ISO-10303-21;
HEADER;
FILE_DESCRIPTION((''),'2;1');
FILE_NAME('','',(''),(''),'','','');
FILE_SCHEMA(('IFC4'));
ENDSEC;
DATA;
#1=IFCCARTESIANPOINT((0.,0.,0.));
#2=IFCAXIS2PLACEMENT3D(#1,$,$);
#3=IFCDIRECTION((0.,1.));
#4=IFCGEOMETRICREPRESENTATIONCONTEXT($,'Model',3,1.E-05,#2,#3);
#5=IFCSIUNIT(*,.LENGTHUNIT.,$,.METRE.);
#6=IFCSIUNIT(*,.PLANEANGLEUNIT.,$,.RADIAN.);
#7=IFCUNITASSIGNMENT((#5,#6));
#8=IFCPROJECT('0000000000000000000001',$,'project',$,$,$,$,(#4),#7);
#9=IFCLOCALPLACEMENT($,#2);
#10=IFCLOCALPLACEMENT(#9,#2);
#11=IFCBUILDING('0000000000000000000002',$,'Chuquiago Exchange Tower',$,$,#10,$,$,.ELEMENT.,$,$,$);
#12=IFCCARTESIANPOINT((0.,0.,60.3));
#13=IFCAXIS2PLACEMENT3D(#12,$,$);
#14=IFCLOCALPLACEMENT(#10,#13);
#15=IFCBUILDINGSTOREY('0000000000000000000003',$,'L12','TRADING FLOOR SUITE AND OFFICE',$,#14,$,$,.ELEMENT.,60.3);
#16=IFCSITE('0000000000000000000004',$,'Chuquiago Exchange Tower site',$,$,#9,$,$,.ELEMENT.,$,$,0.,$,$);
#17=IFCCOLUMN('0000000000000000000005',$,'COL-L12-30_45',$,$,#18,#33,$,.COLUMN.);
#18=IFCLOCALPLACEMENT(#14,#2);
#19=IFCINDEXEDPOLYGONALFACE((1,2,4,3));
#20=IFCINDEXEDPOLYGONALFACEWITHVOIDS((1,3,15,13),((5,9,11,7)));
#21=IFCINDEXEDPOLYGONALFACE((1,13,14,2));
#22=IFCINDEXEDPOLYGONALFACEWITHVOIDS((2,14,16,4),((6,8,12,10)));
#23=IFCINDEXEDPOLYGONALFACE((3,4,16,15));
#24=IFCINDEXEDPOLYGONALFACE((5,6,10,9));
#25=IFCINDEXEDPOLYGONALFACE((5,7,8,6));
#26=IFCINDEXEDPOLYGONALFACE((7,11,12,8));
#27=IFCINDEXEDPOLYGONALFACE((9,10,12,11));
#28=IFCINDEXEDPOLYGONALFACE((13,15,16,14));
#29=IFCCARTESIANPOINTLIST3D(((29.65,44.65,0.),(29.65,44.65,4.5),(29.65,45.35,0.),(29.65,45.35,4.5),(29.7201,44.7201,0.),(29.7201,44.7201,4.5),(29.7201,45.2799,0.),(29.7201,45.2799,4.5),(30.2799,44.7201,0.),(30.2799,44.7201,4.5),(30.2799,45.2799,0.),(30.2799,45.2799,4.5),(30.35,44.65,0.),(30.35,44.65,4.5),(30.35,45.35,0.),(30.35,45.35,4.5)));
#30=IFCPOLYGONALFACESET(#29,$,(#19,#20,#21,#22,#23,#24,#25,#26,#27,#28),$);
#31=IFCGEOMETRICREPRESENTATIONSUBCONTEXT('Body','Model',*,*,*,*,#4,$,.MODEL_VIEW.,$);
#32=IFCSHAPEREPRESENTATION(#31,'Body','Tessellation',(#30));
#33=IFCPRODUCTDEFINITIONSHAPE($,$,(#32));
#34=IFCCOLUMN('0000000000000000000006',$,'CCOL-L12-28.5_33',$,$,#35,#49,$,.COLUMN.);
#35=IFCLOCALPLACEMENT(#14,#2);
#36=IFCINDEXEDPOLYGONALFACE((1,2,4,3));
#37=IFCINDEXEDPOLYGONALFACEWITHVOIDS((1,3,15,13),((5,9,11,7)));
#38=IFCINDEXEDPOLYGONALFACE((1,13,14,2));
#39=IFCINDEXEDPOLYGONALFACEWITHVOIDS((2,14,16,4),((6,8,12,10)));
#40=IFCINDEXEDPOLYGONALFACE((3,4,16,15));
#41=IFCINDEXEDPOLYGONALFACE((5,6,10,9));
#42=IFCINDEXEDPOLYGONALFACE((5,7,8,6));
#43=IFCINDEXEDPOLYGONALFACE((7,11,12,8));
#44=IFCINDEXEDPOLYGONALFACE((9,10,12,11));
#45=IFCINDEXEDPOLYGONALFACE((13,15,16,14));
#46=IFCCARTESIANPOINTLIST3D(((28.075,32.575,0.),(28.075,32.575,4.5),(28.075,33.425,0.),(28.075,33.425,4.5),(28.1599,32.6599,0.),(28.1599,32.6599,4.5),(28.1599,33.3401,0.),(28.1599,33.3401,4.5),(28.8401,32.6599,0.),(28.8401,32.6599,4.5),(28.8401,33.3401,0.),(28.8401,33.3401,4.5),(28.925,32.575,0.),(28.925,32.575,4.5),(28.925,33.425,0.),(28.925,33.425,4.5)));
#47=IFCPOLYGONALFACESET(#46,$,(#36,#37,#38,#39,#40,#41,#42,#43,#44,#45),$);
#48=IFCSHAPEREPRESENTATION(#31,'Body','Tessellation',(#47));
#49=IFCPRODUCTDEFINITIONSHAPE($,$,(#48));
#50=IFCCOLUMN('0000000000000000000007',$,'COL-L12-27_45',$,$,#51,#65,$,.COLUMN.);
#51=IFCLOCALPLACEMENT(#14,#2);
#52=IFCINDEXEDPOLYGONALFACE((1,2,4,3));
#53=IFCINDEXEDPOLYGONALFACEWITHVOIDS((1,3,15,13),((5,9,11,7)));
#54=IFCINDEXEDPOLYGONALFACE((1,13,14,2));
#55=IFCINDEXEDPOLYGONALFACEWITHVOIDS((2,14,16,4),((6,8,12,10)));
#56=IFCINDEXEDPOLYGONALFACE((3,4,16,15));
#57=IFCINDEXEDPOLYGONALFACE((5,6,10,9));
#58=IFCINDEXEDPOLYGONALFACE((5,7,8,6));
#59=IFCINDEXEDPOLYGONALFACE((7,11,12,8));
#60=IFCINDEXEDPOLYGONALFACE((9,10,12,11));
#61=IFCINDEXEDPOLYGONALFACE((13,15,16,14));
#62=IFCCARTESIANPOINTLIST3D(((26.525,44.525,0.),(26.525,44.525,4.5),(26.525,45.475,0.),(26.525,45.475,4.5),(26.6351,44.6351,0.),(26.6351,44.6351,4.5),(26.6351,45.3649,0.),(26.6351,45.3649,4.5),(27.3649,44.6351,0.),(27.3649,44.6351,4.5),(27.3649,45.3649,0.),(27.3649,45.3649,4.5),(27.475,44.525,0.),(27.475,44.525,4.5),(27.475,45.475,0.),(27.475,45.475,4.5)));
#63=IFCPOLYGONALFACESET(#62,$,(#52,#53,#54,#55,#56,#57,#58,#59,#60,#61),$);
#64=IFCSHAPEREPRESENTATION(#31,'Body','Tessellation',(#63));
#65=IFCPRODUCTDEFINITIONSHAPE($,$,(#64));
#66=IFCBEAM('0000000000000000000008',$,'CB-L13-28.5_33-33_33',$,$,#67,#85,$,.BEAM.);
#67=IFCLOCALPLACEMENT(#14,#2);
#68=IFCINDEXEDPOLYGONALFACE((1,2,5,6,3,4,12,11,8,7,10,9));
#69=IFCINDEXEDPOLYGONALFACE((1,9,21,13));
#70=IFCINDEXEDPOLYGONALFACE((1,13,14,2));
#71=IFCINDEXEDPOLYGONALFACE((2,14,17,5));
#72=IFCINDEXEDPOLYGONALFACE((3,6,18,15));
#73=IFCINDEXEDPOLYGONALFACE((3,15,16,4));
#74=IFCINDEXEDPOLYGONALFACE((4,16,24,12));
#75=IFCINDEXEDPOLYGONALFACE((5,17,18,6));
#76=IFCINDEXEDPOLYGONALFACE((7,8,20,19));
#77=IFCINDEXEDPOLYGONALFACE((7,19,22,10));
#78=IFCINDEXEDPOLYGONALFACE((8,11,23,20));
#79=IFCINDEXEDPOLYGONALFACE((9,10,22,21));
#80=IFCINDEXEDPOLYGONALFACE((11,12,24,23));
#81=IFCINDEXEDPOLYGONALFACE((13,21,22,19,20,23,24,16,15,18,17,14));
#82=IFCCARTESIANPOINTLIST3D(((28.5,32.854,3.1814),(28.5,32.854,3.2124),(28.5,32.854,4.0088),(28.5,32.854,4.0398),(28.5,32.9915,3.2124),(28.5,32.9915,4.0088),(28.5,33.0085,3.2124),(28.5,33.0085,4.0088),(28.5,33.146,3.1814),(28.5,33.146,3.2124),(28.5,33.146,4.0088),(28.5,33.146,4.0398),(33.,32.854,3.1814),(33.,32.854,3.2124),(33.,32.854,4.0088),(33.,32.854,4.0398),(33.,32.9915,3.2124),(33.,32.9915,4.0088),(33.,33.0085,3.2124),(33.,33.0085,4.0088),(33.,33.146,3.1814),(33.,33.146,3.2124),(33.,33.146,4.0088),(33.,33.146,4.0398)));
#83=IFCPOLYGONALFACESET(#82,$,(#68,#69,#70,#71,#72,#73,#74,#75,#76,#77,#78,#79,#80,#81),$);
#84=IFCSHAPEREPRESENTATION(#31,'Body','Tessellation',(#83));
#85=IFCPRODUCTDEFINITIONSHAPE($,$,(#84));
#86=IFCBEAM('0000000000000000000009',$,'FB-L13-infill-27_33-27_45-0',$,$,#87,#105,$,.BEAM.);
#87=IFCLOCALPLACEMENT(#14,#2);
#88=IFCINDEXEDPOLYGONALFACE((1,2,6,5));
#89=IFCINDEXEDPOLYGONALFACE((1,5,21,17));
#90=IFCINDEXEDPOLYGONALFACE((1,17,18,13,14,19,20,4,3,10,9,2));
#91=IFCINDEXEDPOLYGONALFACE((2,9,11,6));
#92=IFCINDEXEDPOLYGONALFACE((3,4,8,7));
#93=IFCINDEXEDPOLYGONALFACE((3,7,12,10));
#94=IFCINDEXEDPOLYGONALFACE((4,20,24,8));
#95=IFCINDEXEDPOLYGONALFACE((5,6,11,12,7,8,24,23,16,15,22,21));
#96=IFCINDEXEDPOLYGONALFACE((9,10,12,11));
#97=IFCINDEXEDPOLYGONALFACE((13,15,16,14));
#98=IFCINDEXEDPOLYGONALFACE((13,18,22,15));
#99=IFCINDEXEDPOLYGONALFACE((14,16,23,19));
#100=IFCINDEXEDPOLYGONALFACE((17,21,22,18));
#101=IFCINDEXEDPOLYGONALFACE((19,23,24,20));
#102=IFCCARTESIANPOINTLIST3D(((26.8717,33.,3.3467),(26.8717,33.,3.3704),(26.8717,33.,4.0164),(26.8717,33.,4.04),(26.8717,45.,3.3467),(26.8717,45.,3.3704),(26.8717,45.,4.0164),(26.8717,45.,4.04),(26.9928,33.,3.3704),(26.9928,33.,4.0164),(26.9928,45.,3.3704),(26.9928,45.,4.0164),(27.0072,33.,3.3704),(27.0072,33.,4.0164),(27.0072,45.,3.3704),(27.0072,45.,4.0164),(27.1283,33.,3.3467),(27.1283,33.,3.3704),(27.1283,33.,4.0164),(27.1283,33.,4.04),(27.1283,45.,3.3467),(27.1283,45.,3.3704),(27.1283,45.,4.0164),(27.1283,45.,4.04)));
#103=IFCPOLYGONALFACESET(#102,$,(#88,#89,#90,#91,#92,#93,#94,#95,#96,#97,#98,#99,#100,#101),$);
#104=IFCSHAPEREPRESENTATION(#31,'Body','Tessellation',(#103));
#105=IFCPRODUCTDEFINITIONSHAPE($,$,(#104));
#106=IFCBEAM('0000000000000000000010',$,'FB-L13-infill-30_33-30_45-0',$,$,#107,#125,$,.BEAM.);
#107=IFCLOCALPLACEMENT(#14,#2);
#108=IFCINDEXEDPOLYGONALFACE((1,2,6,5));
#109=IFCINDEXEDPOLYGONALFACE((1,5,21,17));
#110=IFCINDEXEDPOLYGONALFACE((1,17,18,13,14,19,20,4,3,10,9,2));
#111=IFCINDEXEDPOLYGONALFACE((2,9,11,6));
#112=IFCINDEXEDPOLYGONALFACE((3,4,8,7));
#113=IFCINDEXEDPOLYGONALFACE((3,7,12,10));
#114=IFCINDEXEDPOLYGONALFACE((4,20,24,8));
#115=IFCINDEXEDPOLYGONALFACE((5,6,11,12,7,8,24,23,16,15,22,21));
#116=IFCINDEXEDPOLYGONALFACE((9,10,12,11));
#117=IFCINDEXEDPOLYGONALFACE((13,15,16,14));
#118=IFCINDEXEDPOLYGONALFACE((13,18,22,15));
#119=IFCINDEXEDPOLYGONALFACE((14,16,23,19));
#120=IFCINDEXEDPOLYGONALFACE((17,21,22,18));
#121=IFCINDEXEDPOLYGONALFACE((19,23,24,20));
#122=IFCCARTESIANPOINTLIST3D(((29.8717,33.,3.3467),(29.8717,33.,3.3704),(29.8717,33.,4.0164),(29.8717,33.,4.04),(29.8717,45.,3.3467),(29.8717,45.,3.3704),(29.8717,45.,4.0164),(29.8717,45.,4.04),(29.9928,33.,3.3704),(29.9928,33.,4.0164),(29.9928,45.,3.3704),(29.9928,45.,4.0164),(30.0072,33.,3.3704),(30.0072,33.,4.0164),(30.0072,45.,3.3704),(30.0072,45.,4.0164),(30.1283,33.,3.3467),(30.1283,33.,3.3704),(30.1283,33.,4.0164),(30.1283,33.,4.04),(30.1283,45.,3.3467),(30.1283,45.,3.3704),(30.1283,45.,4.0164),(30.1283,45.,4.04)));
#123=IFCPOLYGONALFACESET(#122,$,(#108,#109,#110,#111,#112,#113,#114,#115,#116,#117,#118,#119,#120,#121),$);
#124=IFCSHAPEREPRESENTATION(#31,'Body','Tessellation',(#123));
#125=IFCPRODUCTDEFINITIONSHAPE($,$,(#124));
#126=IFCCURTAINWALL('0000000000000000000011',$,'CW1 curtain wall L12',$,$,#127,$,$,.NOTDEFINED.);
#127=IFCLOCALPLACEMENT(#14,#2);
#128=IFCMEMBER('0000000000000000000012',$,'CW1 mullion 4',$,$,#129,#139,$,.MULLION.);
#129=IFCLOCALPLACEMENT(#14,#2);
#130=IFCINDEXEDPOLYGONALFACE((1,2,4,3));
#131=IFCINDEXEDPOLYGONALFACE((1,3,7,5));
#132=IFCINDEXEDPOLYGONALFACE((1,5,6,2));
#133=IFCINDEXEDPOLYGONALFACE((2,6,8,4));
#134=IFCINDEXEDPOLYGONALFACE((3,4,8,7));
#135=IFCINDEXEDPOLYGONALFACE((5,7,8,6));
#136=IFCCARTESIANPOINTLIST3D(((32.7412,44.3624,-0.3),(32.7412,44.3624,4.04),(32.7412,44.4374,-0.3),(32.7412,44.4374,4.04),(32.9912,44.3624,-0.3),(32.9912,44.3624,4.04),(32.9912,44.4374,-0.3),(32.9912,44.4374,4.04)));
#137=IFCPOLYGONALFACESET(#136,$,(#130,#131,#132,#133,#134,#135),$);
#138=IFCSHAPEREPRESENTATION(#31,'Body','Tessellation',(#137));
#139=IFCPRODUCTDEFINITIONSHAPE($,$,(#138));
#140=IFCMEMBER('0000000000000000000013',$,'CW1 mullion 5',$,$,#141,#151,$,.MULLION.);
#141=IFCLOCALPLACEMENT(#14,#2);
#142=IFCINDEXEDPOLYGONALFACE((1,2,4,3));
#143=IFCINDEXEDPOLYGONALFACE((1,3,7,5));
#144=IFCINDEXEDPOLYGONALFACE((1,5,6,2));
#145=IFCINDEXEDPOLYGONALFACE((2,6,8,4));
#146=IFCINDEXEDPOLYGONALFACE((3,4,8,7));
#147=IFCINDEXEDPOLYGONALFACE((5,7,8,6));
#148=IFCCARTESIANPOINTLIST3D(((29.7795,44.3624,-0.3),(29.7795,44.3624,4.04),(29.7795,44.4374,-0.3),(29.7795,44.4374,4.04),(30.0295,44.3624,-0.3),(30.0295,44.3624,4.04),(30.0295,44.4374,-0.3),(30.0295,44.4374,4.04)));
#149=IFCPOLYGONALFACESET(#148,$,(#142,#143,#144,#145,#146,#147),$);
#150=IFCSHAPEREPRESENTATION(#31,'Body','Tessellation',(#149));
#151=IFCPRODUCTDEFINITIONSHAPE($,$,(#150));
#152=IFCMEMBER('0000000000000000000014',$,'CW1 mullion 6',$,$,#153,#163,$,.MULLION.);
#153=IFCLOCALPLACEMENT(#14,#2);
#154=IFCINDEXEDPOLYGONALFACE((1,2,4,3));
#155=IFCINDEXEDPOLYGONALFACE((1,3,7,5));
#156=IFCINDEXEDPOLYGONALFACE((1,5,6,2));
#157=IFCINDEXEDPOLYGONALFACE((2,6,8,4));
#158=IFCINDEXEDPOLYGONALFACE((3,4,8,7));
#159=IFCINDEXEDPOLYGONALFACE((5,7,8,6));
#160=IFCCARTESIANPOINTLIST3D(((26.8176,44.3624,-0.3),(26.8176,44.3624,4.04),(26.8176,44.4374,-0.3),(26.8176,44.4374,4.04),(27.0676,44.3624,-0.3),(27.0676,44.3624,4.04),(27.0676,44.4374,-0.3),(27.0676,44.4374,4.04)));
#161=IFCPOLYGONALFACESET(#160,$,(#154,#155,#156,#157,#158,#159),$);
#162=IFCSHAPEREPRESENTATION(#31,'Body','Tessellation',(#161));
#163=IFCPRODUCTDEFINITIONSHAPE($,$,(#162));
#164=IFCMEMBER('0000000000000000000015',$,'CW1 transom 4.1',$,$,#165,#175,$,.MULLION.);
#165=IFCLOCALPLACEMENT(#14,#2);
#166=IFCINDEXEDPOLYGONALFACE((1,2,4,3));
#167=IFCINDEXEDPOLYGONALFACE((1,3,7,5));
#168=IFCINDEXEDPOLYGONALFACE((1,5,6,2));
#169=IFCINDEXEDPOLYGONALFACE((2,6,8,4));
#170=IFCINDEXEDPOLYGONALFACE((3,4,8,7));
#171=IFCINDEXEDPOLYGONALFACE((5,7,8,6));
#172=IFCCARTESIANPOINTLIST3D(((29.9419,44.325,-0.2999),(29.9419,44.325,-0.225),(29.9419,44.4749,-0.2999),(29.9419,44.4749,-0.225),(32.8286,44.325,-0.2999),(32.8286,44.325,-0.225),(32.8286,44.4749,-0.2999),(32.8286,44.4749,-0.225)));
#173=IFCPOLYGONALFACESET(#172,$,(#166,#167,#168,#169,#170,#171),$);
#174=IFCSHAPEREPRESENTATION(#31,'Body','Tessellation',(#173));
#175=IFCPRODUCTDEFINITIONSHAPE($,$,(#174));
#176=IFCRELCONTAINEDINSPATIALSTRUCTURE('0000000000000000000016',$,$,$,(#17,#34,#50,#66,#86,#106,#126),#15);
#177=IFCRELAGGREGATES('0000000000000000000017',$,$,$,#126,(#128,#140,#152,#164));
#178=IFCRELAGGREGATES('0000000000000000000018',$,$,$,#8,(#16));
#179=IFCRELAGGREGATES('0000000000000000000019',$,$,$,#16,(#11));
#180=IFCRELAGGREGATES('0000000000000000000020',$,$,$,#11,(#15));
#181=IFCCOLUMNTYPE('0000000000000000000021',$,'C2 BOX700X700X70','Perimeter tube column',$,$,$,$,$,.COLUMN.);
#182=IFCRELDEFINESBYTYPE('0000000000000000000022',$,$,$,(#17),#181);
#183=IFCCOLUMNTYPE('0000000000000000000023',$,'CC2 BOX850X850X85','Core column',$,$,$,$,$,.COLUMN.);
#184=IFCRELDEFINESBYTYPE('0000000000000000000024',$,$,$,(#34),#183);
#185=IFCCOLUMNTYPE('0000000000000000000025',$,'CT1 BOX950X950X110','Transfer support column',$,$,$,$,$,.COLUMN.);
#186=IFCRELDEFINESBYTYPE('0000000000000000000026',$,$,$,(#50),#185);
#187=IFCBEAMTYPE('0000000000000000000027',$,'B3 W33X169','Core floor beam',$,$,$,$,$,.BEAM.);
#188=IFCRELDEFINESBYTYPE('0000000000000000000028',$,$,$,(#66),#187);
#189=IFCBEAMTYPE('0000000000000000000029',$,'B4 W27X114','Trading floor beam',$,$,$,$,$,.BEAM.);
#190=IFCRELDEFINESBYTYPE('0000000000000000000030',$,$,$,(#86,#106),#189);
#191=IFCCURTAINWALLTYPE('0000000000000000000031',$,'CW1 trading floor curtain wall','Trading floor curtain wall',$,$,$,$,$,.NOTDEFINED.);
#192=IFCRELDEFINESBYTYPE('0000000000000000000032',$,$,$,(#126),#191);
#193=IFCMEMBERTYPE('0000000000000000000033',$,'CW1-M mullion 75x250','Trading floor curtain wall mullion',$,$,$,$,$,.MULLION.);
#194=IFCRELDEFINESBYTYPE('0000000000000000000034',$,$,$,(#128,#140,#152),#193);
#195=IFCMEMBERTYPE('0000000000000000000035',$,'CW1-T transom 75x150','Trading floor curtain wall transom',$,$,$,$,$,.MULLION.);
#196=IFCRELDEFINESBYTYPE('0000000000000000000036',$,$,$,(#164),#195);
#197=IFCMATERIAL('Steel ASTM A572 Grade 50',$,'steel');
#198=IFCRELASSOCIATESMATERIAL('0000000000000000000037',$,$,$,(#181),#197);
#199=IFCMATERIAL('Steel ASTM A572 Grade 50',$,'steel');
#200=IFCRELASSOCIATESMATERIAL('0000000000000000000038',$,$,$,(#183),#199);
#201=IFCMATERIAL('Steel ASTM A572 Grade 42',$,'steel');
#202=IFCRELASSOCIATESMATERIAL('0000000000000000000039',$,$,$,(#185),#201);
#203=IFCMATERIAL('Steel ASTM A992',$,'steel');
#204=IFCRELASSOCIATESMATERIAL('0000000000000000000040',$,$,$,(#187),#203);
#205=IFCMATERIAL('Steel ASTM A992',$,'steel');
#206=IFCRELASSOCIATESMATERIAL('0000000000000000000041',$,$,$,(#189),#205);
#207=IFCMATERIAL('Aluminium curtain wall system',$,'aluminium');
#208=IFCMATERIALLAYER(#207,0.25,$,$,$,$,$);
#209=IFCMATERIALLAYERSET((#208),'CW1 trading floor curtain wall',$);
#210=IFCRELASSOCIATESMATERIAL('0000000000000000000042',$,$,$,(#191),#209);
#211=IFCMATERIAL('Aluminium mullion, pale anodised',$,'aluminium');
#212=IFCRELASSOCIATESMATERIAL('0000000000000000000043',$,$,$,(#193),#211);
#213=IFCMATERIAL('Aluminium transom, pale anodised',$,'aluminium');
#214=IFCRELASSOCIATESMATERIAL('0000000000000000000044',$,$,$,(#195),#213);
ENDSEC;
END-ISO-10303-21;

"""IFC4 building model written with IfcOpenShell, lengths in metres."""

from ifc_helpers import new_model, si_unit, direction, frame, origin, origin_2d, place, context, subcontext, project, spatial, rectangle, hollow_rectangle, i_section, extrude, material, layer, layer_set, material_profile, profile_set, type_object, element, aggregate, save


model = new_model("IFC4")

# Units and contexts
model_context = context("Model", 3, precision=1e-05, world=origin(), true_north=direction((0.0, 1.0)))
body_context = subcontext(model_context, "Body", "Model", "MODEL_VIEW")
ifc_project = project(units=[si_unit("LENGTHUNIT", "METRE"), si_unit("PLANEANGLEUNIT", "RADIAN")], contexts=[model_context])

# Site, building, storey
site_placement = place(None, origin())
site = spatial("IfcSite", under=ifc_project, at=site_placement, Name="Chuquiago Exchange Tower site", CompositionType="ELEMENT", RefElevation=0.0)
building_placement = place(site_placement, origin())
building = spatial("IfcBuilding", under=site, at=building_placement, Name="Chuquiago Exchange Tower", CompositionType="ELEMENT")
storey_placement = place(building_placement, frame((0.0, 0.0, 60.3)))
storey = spatial("IfcBuildingStorey", under=building, at=storey_placement, Name="L12", Description="TRADING FLOOR SUITE AND OFFICE", CompositionType="ELEMENT", Elevation=60.3)

# Columns
ifc_material_1 = material(Name="Steel ASTM A572 Grade 50", Category="steel")
ifc_material_profile_1 = material_profile(ifc_material_1, hollow_rectangle(XDim=0.7, YDim=0.7, WallThickness=0.0701, at=origin_2d()), Name="BOX700X700X70")
ifc_profile_set_1 = profile_set([ifc_material_profile_1], Name="Steel ASTM A572 Grade 50")
column_type_1 = type_object("IfcColumnType", Name="C2 BOX700X700X70", Description="Perimeter tube column", PredefinedType="COLUMN", material=ifc_profile_set_1)
column_1_placement = place(storey_placement, frame((30.0, 45.0, 0.0), z_axis=(0.0, 0.0, 1.0), x_axis=(0.0, 1.0, 0.0)))
element("IfcColumn", 1, at=column_1_placement, inside=storey, type_object=column_type_1, Name="COL-L12-30_45", PredefinedType="COLUMN", context=body_context, shape_type="SweptSolid", body=[
    extrude(hollow_rectangle(XDim=0.7, YDim=0.7, WallThickness=0.0701, at=origin_2d()), origin(), (0.0, 0.0, 1.0), 4.5),
])
ifc_material_2 = material(Name="Steel ASTM A572 Grade 50", Category="steel")
ifc_material_profile_2 = material_profile(ifc_material_2, hollow_rectangle(XDim=0.8501, YDim=0.8501, WallThickness=0.085, at=origin_2d()), Name="BOX850X850X85")
ifc_profile_set_2 = profile_set([ifc_material_profile_2], Name="Steel ASTM A572 Grade 50")
column_type_2 = type_object("IfcColumnType", Name="CC2 BOX850X850X85", Description="Core column", PredefinedType="COLUMN", material=ifc_profile_set_2)
column_2_placement = place(storey_placement, frame((28.5, 33.0, 0.0), z_axis=(0.0, 0.0, 1.0), x_axis=(1.0, 0.0, 0.0)))
element("IfcColumn", 2, at=column_2_placement, inside=storey, type_object=column_type_2, Name="CCOL-L12-28.5_33", PredefinedType="COLUMN", context=body_context, shape_type="SweptSolid", body=[
    extrude(hollow_rectangle(XDim=0.8501, YDim=0.8501, WallThickness=0.085, at=origin_2d()), origin(), (0.0, 0.0, 1.0), 4.5),
])
ifc_material_3 = material(Name="Steel ASTM A572 Grade 42", Category="steel")
ifc_material_profile_3 = material_profile(ifc_material_3, hollow_rectangle(XDim=0.95, YDim=0.95, WallThickness=0.1101, at=origin_2d()), Name="BOX950X950X110")
ifc_profile_set_3 = profile_set([ifc_material_profile_3], Name="Steel ASTM A572 Grade 42")
column_type_3 = type_object("IfcColumnType", Name="CT1 BOX950X950X110", Description="Transfer support column", PredefinedType="COLUMN", material=ifc_profile_set_3)
column_3_placement = place(storey_placement, frame((27.0, 45.0, 0.0), z_axis=(0.0, 0.0, 1.0), x_axis=(0.0, 1.0, 0.0)))
element("IfcColumn", 3, at=column_3_placement, inside=storey, type_object=column_type_3, Name="COL-L12-27_45", PredefinedType="COLUMN", context=body_context, shape_type="SweptSolid", body=[
    extrude(hollow_rectangle(XDim=0.95, YDim=0.95, WallThickness=0.1101, at=origin_2d()), origin(), (0.0, 0.0, 1.0), 4.5),
])

# Beams
ifc_material_4 = material(Name="Steel ASTM A992", Category="steel")
ifc_material_profile_4 = material_profile(ifc_material_4, i_section(OverallWidth=0.292, OverallDepth=0.8584, WebThickness=0.0171, FlangeThickness=0.031, at=origin_2d()), Name="W33X169")
ifc_profile_set_4 = profile_set([ifc_material_profile_4], Name="Steel ASTM A992")
beam_type_1 = type_object("IfcBeamType", Name="B3 W33X169", Description="Core floor beam", PredefinedType="BEAM", material=ifc_profile_set_4)
beam_placement = place(storey_placement, frame((28.5, 33.0, 3.6106), z_axis=(1.0, 0.0, 0.0), x_axis=(0.0, 1.0, 0.0)))
element("IfcBeam", 4, at=beam_placement, inside=storey, type_object=beam_type_1, Name="CB-L13-28.5_33-33_33", PredefinedType="BEAM", context=body_context, shape_type="SweptSolid", body=[
    extrude(i_section(OverallWidth=0.292, OverallDepth=0.8584, WebThickness=0.0171, FlangeThickness=0.031, at=origin_2d()), origin(), (0.0, 0.0, 1.0), 4.5),
])
ifc_material_5 = material(Name="Steel ASTM A992", Category="steel")
ifc_material_profile_5 = material_profile(ifc_material_5, i_section(OverallWidth=0.2566, OverallDepth=0.6934, WebThickness=0.0144, FlangeThickness=0.0237, at=origin_2d()), Name="W27X114")
ifc_profile_set_5 = profile_set([ifc_material_profile_5], Name="Steel ASTM A992")
beam_type_2 = type_object("IfcBeamType", Name="B4 W27X114", Description="Trading floor beam", PredefinedType="BEAM", material=ifc_profile_set_5)
for number, where, z_axis, x_axis, name in (
    (5, (27.0, 33.0, 3.6934), (0.0, 1.0, 0.0), (-1.0, 0.0, 0.0), "FB-L13-infill-27_33-27_45-0"),
    (6, (30.0, 33.0, 3.6934), (0.0, 1.0, 0.0), (-1.0, 0.0, 0.0), "FB-L13-infill-30_33-30_45-0"),
):
    element("IfcBeam", number, at=place(storey_placement, frame(where, z_axis=z_axis, x_axis=x_axis)), inside=storey, type_object=beam_type_2, Name=name, PredefinedType="BEAM", context=body_context, shape_type="SweptSolid", body=[
        extrude(i_section(OverallWidth=0.2566, OverallDepth=0.6934, WebThickness=0.0144, FlangeThickness=0.0237, at=origin_2d()), origin(), (0.0, 0.0, 1.0), 12.0),
    ])

# Curtain wall, members
ifc_material_6 = material(Name="Aluminium curtain wall system", Category="aluminium")
ifc_layer_1 = layer(ifc_material_6, 0.25)
ifc_layer_set_1 = layer_set([ifc_layer_1], Name="CW1 trading floor curtain wall")
curtain_wall_type = type_object("IfcCurtainWallType", Name="CW1 trading floor curtain wall", Description="Trading floor curtain wall", PredefinedType="NOTDEFINED", material=ifc_layer_set_1)
curtain_wall_placement = place(storey_placement, origin())
curtain_wall = element("IfcCurtainWall", 7, at=curtain_wall_placement, inside=storey, type_object=curtain_wall_type, Name="CW1 curtain wall L12", PredefinedType="NOTDEFINED")
ifc_material_7 = material(Name="Aluminium mullion, pale anodised", Category="aluminium")
ifc_material_profile_6 = material_profile(ifc_material_7, rectangle(XDim=0.075, YDim=0.25, at=origin_2d()), Name="AL 75x250")
ifc_profile_set_6 = profile_set([ifc_material_profile_6], Name="Aluminium mullion, pale anodised")
member_type_1 = type_object("IfcMemberType", Name="CW1-M mullion 75x250", Description="Trading floor curtain wall mullion", PredefinedType="MULLION", material=ifc_profile_set_6)
member_1_placement = place(storey_placement, frame((32.8662, 44.3999, -0.3), z_axis=(0.0, 0.0, 1.0), x_axis=(0.0, -1.0, 0.0)))
member_1 = element("IfcMember", 8, at=member_1_placement, type_object=member_type_1, Name="CW1 mullion 4", PredefinedType="MULLION", context=body_context, shape_type="SweptSolid", body=[
    extrude(rectangle(XDim=0.075, YDim=0.25, at=origin_2d()), origin(), (0.0, 0.0, 1.0), 4.3401),
])
member_2_placement = place(storey_placement, frame((29.9045, 44.3999, -0.3), z_axis=(0.0, 0.0, 1.0), x_axis=(0.0, -1.0, 0.0)))
member_2 = element("IfcMember", 9, at=member_2_placement, type_object=member_type_1, Name="CW1 mullion 5", PredefinedType="MULLION", context=body_context, shape_type="SweptSolid", body=[
    extrude(rectangle(XDim=0.075, YDim=0.25, at=origin_2d()), origin(), (0.0, 0.0, 1.0), 4.3401),
])
member_3_placement = place(storey_placement, frame((26.9426, 44.3999, -0.3), z_axis=(0.0, 0.0, 1.0), x_axis=(0.0, -1.0, 0.0)))
member_3 = element("IfcMember", 10, at=member_3_placement, type_object=member_type_1, Name="CW1 mullion 6", PredefinedType="MULLION", context=body_context, shape_type="SweptSolid", body=[
    extrude(rectangle(XDim=0.075, YDim=0.25, at=origin_2d()), origin(), (0.0, 0.0, 1.0), 4.3401),
])
ifc_material_8 = material(Name="Aluminium transom, pale anodised", Category="aluminium")
ifc_material_profile_7 = material_profile(ifc_material_8, rectangle(XDim=0.1499, YDim=0.075, at=origin_2d()), Name="AL 150x75")
ifc_profile_set_7 = profile_set([ifc_material_profile_7], Name="Aluminium transom, pale anodised")
member_type_2 = type_object("IfcMemberType", Name="CW1-T transom 75x150", Description="Trading floor curtain wall transom", PredefinedType="MULLION", material=ifc_profile_set_7)
member_4_placement = place(storey_placement, frame((32.8286, 44.3999, -0.2625), z_axis=(-1.0, 0.0, 0.0), x_axis=(0.0, -1.0, 0.0)))
member_4 = element("IfcMember", 11, at=member_4_placement, type_object=member_type_2, Name="CW1 transom 4.1", PredefinedType="MULLION", context=body_context, shape_type="SweptSolid", body=[
    extrude(rectangle(XDim=0.1499, YDim=0.075, at=origin_2d()), origin(), (0.0, 0.0, 1.0), 2.8867),
])

aggregate(curtain_wall, [member_1, member_2, member_3, member_4])

save(model, "model.ifc")
